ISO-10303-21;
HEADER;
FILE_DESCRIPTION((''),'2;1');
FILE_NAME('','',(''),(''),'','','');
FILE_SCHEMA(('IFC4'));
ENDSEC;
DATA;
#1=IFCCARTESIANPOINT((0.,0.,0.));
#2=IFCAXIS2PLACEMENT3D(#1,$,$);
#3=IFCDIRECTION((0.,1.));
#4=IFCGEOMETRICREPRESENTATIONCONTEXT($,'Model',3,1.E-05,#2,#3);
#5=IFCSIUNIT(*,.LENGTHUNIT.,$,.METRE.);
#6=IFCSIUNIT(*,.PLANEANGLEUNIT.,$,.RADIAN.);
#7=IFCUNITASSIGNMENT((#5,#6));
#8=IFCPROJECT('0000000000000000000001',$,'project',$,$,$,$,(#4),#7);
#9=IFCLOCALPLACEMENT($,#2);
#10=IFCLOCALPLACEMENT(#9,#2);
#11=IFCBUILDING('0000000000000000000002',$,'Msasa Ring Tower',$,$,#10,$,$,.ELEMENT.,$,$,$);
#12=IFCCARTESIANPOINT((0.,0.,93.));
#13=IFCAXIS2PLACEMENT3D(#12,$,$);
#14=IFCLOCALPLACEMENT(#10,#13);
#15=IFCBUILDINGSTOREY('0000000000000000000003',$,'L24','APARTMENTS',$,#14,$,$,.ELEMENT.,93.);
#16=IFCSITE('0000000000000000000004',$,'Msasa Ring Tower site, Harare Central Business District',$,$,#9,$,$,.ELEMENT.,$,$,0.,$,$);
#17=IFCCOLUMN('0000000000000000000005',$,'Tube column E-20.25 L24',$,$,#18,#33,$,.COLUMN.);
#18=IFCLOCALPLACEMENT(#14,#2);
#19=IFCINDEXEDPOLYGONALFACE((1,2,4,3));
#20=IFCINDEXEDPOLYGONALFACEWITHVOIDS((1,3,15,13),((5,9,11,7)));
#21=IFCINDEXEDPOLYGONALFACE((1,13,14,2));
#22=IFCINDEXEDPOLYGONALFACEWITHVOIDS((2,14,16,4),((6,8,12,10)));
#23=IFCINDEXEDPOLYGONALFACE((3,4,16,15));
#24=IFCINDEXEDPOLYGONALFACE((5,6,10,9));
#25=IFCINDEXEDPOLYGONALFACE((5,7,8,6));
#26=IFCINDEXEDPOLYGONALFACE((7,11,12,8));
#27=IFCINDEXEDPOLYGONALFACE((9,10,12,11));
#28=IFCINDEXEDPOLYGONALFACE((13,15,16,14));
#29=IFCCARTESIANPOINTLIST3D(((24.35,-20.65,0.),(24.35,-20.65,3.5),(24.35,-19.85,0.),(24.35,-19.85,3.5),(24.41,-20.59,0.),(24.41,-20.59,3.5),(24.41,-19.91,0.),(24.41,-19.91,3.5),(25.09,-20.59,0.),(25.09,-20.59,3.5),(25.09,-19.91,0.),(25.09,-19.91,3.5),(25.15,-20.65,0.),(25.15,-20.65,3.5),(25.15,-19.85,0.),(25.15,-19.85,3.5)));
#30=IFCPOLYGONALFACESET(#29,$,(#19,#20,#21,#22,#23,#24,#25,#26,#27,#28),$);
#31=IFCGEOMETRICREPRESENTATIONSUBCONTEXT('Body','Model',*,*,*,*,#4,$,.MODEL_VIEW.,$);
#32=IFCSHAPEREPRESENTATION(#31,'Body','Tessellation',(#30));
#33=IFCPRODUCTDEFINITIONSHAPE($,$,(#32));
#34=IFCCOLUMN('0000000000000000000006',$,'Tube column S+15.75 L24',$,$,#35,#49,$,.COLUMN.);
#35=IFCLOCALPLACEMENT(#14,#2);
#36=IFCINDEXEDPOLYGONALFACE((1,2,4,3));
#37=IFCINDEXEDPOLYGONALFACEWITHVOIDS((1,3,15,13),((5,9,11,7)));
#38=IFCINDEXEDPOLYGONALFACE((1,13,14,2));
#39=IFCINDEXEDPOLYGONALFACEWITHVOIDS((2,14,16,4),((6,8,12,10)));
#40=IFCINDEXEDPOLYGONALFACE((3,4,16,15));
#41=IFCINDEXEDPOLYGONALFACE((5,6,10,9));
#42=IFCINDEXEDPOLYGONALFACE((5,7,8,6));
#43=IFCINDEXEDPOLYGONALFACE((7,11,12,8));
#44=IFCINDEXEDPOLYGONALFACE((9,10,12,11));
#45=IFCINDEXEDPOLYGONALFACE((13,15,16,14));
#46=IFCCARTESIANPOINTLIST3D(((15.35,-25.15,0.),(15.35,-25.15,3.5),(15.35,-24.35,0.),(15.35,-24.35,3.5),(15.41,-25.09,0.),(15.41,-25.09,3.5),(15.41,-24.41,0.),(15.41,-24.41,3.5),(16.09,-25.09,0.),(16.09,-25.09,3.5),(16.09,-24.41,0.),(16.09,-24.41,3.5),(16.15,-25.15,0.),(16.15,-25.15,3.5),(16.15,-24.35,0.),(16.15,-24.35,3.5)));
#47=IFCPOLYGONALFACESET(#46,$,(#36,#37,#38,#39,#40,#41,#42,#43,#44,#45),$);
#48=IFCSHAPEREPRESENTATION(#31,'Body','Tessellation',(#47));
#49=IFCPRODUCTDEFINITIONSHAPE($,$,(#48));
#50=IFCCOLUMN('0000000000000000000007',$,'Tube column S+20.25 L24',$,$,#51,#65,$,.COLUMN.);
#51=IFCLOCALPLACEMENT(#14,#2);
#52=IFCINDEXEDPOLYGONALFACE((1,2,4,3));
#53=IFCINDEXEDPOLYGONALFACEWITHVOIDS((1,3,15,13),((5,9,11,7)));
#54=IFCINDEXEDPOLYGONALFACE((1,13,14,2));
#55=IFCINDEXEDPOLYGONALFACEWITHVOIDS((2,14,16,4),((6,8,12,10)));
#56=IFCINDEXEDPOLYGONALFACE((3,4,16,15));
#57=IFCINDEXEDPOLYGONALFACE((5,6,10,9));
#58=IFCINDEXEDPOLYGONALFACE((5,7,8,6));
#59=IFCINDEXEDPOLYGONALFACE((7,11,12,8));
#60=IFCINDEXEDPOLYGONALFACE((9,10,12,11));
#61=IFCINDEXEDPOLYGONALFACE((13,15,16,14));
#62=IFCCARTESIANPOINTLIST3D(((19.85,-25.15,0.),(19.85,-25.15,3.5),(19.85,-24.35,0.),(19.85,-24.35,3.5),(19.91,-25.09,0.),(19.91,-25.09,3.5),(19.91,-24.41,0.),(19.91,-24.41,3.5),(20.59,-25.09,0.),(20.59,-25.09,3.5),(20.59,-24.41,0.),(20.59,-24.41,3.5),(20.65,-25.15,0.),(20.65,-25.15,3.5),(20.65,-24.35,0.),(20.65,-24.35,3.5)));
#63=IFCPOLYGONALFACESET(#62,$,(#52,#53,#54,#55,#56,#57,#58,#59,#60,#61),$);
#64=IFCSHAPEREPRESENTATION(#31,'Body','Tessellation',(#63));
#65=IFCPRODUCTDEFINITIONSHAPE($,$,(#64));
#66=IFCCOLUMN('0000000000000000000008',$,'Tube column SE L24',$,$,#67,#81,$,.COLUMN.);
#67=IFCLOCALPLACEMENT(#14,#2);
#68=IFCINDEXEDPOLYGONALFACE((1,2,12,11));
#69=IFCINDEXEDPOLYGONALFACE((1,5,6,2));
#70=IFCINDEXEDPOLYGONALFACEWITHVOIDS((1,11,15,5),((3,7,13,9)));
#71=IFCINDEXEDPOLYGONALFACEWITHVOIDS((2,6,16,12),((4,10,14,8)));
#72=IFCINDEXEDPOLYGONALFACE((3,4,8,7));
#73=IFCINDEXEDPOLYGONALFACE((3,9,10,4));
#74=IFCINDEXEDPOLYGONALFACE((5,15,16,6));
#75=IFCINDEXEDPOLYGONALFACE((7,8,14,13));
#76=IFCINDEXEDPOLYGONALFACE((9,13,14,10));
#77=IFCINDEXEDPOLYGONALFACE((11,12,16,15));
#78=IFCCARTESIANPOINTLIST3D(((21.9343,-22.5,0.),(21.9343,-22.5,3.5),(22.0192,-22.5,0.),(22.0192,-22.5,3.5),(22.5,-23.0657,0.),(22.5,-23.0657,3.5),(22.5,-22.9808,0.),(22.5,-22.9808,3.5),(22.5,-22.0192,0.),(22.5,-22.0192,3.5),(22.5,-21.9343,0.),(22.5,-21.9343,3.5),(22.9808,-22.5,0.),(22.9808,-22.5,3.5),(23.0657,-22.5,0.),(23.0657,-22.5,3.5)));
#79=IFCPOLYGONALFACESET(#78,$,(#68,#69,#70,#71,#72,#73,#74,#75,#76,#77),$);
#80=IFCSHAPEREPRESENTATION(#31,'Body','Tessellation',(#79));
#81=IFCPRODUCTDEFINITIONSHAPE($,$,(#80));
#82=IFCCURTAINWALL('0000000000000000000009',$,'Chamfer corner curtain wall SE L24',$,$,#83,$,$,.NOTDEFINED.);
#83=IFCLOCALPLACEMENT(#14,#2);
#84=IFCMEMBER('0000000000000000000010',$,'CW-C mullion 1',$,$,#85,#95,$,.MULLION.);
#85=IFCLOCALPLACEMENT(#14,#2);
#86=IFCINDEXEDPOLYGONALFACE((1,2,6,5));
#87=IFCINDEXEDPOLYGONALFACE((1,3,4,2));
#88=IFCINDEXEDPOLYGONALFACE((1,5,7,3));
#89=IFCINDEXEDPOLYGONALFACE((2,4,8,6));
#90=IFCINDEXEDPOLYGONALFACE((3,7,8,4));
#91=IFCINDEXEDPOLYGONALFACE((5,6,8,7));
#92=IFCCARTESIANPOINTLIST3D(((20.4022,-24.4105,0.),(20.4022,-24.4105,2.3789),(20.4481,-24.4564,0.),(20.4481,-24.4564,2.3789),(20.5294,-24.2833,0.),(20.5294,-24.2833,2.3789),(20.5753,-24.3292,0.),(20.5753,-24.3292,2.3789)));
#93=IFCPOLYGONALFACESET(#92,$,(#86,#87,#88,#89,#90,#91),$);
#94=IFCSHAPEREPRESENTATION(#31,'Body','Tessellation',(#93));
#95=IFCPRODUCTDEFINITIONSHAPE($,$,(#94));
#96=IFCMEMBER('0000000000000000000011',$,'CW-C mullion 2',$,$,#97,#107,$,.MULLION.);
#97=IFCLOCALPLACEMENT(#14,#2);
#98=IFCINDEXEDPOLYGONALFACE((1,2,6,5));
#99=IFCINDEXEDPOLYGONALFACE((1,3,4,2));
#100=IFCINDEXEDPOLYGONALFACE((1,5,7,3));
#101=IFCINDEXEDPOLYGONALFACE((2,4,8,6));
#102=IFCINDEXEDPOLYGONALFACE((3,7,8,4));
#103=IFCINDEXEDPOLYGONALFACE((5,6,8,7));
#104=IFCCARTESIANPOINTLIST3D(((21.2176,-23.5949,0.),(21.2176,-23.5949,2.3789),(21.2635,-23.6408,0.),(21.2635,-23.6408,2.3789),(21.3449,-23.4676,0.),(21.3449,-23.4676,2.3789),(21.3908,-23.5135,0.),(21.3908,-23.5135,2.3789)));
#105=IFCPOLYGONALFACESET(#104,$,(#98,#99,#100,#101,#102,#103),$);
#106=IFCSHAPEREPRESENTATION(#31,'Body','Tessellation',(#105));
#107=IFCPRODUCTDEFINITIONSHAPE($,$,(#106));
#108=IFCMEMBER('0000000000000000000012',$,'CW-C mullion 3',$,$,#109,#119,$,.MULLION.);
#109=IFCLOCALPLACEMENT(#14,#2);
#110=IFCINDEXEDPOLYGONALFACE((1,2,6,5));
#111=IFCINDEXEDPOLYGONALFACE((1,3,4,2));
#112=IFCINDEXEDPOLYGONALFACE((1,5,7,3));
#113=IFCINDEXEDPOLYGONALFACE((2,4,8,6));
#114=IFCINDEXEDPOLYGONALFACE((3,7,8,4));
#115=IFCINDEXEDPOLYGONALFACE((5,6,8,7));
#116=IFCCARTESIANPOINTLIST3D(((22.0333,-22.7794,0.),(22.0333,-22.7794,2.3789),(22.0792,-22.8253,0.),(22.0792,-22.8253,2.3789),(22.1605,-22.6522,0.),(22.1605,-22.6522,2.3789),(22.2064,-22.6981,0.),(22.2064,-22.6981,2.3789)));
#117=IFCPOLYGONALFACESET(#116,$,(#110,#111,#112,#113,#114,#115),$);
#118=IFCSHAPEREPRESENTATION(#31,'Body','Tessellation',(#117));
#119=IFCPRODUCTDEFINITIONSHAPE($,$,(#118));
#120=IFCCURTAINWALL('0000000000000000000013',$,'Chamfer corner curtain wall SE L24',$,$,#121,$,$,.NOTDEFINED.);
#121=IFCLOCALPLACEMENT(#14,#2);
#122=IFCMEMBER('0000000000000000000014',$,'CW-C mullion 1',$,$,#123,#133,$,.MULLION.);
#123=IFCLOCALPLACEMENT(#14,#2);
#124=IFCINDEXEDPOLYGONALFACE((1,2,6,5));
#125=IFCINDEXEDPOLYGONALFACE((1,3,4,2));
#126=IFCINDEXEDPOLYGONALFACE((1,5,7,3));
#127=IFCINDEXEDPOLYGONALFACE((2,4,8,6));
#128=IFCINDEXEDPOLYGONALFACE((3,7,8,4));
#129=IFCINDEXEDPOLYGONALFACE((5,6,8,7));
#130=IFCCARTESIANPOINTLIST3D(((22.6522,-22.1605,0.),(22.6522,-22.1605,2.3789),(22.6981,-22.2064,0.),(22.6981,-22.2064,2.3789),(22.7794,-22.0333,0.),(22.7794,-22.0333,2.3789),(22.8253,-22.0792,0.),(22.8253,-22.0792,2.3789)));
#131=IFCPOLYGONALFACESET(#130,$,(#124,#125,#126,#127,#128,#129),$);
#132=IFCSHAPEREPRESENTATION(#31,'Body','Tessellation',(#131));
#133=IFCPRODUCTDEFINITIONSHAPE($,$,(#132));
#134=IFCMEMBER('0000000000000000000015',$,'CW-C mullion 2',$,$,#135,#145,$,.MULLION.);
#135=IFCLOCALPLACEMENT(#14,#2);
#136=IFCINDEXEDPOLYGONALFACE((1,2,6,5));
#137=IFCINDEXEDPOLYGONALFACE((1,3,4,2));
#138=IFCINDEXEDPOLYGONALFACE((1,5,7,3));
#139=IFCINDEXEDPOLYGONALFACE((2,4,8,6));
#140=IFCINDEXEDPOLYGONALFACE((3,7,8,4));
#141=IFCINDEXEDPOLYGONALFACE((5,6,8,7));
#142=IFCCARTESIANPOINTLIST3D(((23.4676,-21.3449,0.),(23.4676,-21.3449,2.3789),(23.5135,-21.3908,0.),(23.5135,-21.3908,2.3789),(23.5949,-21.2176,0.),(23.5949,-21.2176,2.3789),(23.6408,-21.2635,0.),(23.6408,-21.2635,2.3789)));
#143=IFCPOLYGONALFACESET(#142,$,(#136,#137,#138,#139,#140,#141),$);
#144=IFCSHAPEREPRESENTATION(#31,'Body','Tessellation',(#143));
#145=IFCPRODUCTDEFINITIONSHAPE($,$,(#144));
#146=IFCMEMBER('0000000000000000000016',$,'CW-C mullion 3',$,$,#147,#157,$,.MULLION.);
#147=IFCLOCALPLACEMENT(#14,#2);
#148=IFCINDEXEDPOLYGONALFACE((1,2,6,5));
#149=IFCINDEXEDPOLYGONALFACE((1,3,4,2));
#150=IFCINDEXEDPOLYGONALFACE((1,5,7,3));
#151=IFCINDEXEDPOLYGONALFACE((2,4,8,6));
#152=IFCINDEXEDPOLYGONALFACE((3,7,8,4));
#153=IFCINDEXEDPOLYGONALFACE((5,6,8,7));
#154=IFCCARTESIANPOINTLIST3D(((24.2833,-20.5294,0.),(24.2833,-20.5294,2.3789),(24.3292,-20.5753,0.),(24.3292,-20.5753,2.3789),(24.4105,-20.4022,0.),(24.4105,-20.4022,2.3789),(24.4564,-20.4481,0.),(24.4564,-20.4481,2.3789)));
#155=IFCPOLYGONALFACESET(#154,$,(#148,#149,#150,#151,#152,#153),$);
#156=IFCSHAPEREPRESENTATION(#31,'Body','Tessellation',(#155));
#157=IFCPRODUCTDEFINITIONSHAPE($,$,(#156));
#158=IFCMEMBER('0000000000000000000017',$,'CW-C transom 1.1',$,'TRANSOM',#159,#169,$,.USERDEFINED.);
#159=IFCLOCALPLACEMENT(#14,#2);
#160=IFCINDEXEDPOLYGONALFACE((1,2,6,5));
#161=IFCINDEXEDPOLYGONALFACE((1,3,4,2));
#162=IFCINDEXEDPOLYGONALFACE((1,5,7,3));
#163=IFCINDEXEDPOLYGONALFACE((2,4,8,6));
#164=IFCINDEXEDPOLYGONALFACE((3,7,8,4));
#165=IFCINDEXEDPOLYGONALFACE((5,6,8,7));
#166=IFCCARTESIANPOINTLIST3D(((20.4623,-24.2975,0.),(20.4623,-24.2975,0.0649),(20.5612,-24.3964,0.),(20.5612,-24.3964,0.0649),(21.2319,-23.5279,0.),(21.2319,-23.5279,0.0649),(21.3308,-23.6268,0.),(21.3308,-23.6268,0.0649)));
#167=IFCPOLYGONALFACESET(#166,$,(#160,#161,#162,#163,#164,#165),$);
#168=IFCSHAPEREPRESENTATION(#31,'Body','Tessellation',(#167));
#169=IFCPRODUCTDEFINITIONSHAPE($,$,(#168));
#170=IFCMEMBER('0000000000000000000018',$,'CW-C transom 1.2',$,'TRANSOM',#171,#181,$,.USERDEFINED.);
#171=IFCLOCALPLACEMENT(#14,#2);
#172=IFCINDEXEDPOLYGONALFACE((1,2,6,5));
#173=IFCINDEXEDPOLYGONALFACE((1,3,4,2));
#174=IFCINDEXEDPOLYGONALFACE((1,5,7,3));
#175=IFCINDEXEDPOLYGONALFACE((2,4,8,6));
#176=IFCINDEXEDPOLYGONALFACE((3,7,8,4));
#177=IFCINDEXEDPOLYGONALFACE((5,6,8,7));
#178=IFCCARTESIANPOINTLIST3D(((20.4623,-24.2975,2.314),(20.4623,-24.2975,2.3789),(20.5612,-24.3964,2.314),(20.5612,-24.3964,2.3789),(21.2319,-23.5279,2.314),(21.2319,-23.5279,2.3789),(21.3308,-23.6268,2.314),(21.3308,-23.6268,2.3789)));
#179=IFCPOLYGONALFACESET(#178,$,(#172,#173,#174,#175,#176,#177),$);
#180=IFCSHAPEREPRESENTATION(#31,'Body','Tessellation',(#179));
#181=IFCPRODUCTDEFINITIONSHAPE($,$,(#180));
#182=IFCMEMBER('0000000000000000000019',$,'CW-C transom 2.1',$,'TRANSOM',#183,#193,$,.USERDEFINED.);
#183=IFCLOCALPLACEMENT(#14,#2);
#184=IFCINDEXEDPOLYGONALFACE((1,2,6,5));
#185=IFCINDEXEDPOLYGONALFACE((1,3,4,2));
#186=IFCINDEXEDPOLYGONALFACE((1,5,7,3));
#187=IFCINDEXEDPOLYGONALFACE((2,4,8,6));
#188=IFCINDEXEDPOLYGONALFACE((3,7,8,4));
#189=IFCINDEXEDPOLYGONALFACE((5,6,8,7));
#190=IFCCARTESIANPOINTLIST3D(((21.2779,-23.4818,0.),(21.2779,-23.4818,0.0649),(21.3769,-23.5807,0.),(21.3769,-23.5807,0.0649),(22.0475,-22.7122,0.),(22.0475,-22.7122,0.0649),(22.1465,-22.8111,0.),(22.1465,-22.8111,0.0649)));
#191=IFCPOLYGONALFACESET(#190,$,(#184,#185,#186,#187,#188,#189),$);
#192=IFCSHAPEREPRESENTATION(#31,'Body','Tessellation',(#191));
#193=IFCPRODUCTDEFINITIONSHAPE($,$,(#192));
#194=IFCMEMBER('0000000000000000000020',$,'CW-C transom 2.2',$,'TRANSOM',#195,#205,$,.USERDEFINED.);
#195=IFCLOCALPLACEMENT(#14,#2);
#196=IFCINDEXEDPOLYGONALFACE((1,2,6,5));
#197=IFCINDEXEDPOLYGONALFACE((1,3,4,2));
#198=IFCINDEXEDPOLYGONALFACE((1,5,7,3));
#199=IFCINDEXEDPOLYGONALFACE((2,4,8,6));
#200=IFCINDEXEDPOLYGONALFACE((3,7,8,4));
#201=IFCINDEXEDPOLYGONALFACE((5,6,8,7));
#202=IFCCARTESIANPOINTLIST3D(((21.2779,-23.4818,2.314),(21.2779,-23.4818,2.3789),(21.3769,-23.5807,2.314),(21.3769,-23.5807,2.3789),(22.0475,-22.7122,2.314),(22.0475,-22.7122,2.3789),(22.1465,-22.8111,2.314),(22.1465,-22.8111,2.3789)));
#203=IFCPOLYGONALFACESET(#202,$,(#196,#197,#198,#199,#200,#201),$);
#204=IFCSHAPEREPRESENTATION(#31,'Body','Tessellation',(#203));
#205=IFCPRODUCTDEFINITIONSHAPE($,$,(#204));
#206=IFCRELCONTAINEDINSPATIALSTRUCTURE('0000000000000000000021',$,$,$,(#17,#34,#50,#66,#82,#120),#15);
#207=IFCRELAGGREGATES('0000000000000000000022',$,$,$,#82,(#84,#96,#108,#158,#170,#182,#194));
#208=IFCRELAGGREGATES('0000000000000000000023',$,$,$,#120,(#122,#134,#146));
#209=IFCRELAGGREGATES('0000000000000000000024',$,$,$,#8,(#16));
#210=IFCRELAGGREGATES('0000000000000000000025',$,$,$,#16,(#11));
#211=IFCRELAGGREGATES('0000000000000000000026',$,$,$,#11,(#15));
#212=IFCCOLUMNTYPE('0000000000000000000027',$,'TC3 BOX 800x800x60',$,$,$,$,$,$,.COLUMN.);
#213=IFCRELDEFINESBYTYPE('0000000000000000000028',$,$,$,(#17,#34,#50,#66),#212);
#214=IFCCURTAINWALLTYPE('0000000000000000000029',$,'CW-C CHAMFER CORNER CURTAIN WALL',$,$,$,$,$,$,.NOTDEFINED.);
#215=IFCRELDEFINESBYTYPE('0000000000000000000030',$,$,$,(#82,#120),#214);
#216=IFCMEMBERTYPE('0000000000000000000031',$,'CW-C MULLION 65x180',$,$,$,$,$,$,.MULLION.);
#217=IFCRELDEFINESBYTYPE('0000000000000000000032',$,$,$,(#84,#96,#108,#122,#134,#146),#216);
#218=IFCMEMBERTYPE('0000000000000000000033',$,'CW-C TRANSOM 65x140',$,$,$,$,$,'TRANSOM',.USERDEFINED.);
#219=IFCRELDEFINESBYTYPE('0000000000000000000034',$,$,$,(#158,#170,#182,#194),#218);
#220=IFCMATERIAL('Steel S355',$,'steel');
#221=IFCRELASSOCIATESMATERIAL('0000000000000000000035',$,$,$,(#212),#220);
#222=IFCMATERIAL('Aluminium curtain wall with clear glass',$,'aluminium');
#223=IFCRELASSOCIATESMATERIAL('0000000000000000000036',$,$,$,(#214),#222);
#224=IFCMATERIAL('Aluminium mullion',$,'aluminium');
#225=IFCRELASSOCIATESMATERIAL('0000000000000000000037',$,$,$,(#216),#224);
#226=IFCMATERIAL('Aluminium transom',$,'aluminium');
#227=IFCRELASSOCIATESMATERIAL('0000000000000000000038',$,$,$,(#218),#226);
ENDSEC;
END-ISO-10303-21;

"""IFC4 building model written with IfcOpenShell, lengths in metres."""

from ifc_helpers import new_model, si_unit, direction, frame, origin, origin_2d, place, context, subcontext, project, spatial, rectangle, hollow_rectangle, extrude, material, material_profile, profile_set, type_object, element, aggregate, save


model = new_model("IFC4")

# Units and contexts
model_context = context("Model", 3, precision=1e-05, world=origin(), true_north=direction((0.0, 1.0)))
body_context = subcontext(model_context, "Body", "Model", "MODEL_VIEW")
ifc_project = project(units=[si_unit("LENGTHUNIT", "METRE"), si_unit("PLANEANGLEUNIT", "RADIAN")], contexts=[model_context])

# Site, building, storey
site_placement = place(None, origin())
site = spatial("IfcSite", under=ifc_project, at=site_placement, Name="Msasa Ring Tower site, Harare Central Business District", CompositionType="ELEMENT", RefElevation=0.0)
building_placement = place(site_placement, origin())
building = spatial("IfcBuilding", under=site, at=building_placement, Name="Msasa Ring Tower", CompositionType="ELEMENT")
storey_placement = place(building_placement, frame((0.0, 0.0, 93.0)))
storey = spatial("IfcBuildingStorey", under=building, at=storey_placement, Name="L24", Description="APARTMENTS", CompositionType="ELEMENT", Elevation=93.0)

# Columns
ifc_material_1 = material(Name="Steel S355", Category="steel")
ifc_material_profile_1 = material_profile(ifc_material_1, hollow_rectangle(XDim=0.8, YDim=0.8, WallThickness=0.0601, at=origin_2d()), Name="BOX 800x800x60")
ifc_profile_set_1 = profile_set([ifc_material_profile_1], Name="Steel S355")
column_type = type_object("IfcColumnType", Name="TC3 BOX 800x800x60", PredefinedType="COLUMN", material=ifc_profile_set_1)
for number, where, z_axis, x_axis, name in (
    (1, (24.75, -20.25, 0.0), (0.0, 0.0, 1.0), (1.0, 0.0, 0.0), "Tube column E-20.25 L24"),
    (2, (15.75, -24.75, 0.0), (0.0, 0.0, 1.0), (0.0, 1.0, 0.0), "Tube column S+15.75 L24"),
    (3, (20.25, -24.75, 0.0), (0.0, 0.0, 1.0), (0.0, 1.0, 0.0), "Tube column S+20.25 L24"),
    (4, (22.5, -22.5, 0.0), (0.0, 0.0, 1.0), (0.707107, -0.707107, 0.0), "Tube column SE L24"),
):
    element("IfcColumn", number, at=place(storey_placement, frame(where, z_axis=z_axis, x_axis=x_axis)), inside=storey, type_object=column_type, Name=name, PredefinedType="COLUMN", context=body_context, shape_type="SweptSolid", body=[
        extrude(hollow_rectangle(XDim=0.8, YDim=0.8, WallThickness=0.0601, at=origin_2d()), origin(), (0.0, 0.0, 1.0), 3.5),
    ])

# Curtain walls, members
ifc_material_2 = material(Name="Aluminium curtain wall with clear glass", Category="aluminium")
curtain_wall_type = type_object("IfcCurtainWallType", Name="CW-C CHAMFER CORNER CURTAIN WALL", PredefinedType="NOTDEFINED", material=ifc_material_2)
curtain_wall_1_placement = place(storey_placement, origin())
curtain_wall_1 = element("IfcCurtainWall", 5, at=curtain_wall_1_placement, inside=storey, type_object=curtain_wall_type, Name="Chamfer corner curtain wall SE L24", PredefinedType="NOTDEFINED")
ifc_material_3 = material(Name="Aluminium mullion", Category="aluminium")
ifc_material_profile_2 = material_profile(ifc_material_3, rectangle(XDim=0.0649, YDim=0.1799, at=origin_2d()), Name="AL 65x180")
ifc_profile_set_2 = profile_set([ifc_material_profile_2], Name="Aluminium mullion")
member_type_1 = type_object("IfcMemberType", Name="CW-C MULLION 65x180", PredefinedType="MULLION", material=ifc_profile_set_2)
member_1_placement = place(storey_placement, frame((20.4888, -24.3699, 0.0), z_axis=(0.0, 0.0, 1.0), x_axis=(-0.707107, 0.707107, 0.0)))
member_1 = element("IfcMember", 6, at=member_1_placement, type_object=member_type_1, Name="CW-C mullion 1", PredefinedType="MULLION", context=body_context, shape_type="SweptSolid", body=[
    extrude(rectangle(XDim=0.0649, YDim=0.1799, at=origin_2d()), origin(), (0.0, 0.0, 1.0), 2.3789),
])
member_2_placement = place(storey_placement, frame((21.3042, -23.5542, 0.0), z_axis=(0.0, 0.0, 1.0), x_axis=(-0.707107, 0.707107, 0.0)))
member_2 = element("IfcMember", 7, at=member_2_placement, type_object=member_type_1, Name="CW-C mullion 2", PredefinedType="MULLION", context=body_context, shape_type="SweptSolid", body=[
    extrude(rectangle(XDim=0.0649, YDim=0.1799, at=origin_2d()), origin(), (0.0, 0.0, 1.0), 2.3789),
])
member_3_placement = place(storey_placement, frame((22.1199, -22.7388, 0.0), z_axis=(0.0, 0.0, 1.0), x_axis=(-0.707107, 0.707107, 0.0)))
member_3 = element("IfcMember", 8, at=member_3_placement, type_object=member_type_1, Name="CW-C mullion 3", PredefinedType="MULLION", context=body_context, shape_type="SweptSolid", body=[
    extrude(rectangle(XDim=0.0649, YDim=0.1799, at=origin_2d()), origin(), (0.0, 0.0, 1.0), 2.3789),
])
curtain_wall_2_placement = place(storey_placement, origin())
curtain_wall_2 = element("IfcCurtainWall", 9, at=curtain_wall_2_placement, inside=storey, type_object=curtain_wall_type, Name="Chamfer corner curtain wall SE L24", PredefinedType="NOTDEFINED")
member_4_placement = place(storey_placement, frame((22.7388, -22.1199, 0.0), z_axis=(0.0, 0.0, 1.0), x_axis=(-0.707107, 0.707107, 0.0)))
member_4 = element("IfcMember", 10, at=member_4_placement, type_object=member_type_1, Name="CW-C mullion 1", PredefinedType="MULLION", context=body_context, shape_type="SweptSolid", body=[
    extrude(rectangle(XDim=0.0649, YDim=0.1799, at=origin_2d()), origin(), (0.0, 0.0, 1.0), 2.3789),
])
member_5_placement = place(storey_placement, frame((23.5542, -21.3042, 0.0), z_axis=(0.0, 0.0, 1.0), x_axis=(-0.707107, 0.707107, 0.0)))
member_5 = element("IfcMember", 11, at=member_5_placement, type_object=member_type_1, Name="CW-C mullion 2", PredefinedType="MULLION", context=body_context, shape_type="SweptSolid", body=[
    extrude(rectangle(XDim=0.0649, YDim=0.1799, at=origin_2d()), origin(), (0.0, 0.0, 1.0), 2.3789),
])
member_6_placement = place(storey_placement, frame((24.3699, -20.4888, 0.0), z_axis=(0.0, 0.0, 1.0), x_axis=(-0.707107, 0.707107, 0.0)))
member_6 = element("IfcMember", 12, at=member_6_placement, type_object=member_type_1, Name="CW-C mullion 3", PredefinedType="MULLION", context=body_context, shape_type="SweptSolid", body=[
    extrude(rectangle(XDim=0.0649, YDim=0.1799, at=origin_2d()), origin(), (0.0, 0.0, 1.0), 2.3789),
])

# Members
ifc_material_4 = material(Name="Aluminium transom", Category="aluminium")
ifc_material_profile_3 = material_profile(ifc_material_4, rectangle(XDim=0.1399, YDim=0.0649, at=origin_2d()), Name="AL 65x140")
ifc_profile_set_3 = profile_set([ifc_material_profile_3], Name="Aluminium transom")
member_type_2 = type_object("IfcMemberType", Name="CW-C TRANSOM 65x140", ElementType="TRANSOM", PredefinedType="USERDEFINED", material=ifc_profile_set_3)
member_7_placement = place(storey_placement, frame((20.5117, -24.3469, 0.0325), z_axis=(0.707107, 0.707107, 0.0), x_axis=(-0.707107, 0.707107, 0.0)))
member_7 = element("IfcMember", 13, at=member_7_placement, type_object=member_type_2, Name="CW-C transom 1.1", ObjectType="TRANSOM", PredefinedType="USERDEFINED", context=body_context, shape_type="SweptSolid", body=[
    extrude(rectangle(XDim=0.1399, YDim=0.0649, at=origin_2d()), origin(), (0.0, 0.0, 1.0), 1.0884),
])
member_8_placement = place(storey_placement, frame((20.5117, -24.3469, 2.3464), z_axis=(0.707107, 0.707107, 0.0), x_axis=(-0.707107, 0.707107, 0.0)))
member_8 = element("IfcMember", 14, at=member_8_placement, type_object=member_type_2, Name="CW-C transom 1.2", ObjectType="TRANSOM", PredefinedType="USERDEFINED", context=body_context, shape_type="SweptSolid", body=[
    extrude(rectangle(XDim=0.1399, YDim=0.0649, at=origin_2d()), origin(), (0.0, 0.0, 1.0), 1.0884),
])
member_9_placement = place(storey_placement, frame((21.3274, -23.5312, 0.0325), z_axis=(0.707107, 0.707107, 0.0), x_axis=(-0.707107, 0.707107, 0.0)))
member_9 = element("IfcMember", 15, at=member_9_placement, type_object=member_type_2, Name="CW-C transom 2.1", ObjectType="TRANSOM", PredefinedType="USERDEFINED", context=body_context, shape_type="SweptSolid", body=[
    extrude(rectangle(XDim=0.1399, YDim=0.0649, at=origin_2d()), origin(), (0.0, 0.0, 1.0), 1.0884),
])
member_10_placement = place(storey_placement, frame((21.3274, -23.5312, 2.3464), z_axis=(0.707107, 0.707107, 0.0), x_axis=(-0.707107, 0.707107, 0.0)))
member_10 = element("IfcMember", 16, at=member_10_placement, type_object=member_type_2, Name="CW-C transom 2.2", ObjectType="TRANSOM", PredefinedType="USERDEFINED", context=body_context, shape_type="SweptSolid", body=[
    extrude(rectangle(XDim=0.1399, YDim=0.0649, at=origin_2d()), origin(), (0.0, 0.0, 1.0), 1.0884),
])

aggregate(curtain_wall_1, [member_1, member_2, member_3, member_7, member_8, member_9, member_10])
aggregate(curtain_wall_2, [member_4, member_5, member_6])

save(model, "model.ifc")
